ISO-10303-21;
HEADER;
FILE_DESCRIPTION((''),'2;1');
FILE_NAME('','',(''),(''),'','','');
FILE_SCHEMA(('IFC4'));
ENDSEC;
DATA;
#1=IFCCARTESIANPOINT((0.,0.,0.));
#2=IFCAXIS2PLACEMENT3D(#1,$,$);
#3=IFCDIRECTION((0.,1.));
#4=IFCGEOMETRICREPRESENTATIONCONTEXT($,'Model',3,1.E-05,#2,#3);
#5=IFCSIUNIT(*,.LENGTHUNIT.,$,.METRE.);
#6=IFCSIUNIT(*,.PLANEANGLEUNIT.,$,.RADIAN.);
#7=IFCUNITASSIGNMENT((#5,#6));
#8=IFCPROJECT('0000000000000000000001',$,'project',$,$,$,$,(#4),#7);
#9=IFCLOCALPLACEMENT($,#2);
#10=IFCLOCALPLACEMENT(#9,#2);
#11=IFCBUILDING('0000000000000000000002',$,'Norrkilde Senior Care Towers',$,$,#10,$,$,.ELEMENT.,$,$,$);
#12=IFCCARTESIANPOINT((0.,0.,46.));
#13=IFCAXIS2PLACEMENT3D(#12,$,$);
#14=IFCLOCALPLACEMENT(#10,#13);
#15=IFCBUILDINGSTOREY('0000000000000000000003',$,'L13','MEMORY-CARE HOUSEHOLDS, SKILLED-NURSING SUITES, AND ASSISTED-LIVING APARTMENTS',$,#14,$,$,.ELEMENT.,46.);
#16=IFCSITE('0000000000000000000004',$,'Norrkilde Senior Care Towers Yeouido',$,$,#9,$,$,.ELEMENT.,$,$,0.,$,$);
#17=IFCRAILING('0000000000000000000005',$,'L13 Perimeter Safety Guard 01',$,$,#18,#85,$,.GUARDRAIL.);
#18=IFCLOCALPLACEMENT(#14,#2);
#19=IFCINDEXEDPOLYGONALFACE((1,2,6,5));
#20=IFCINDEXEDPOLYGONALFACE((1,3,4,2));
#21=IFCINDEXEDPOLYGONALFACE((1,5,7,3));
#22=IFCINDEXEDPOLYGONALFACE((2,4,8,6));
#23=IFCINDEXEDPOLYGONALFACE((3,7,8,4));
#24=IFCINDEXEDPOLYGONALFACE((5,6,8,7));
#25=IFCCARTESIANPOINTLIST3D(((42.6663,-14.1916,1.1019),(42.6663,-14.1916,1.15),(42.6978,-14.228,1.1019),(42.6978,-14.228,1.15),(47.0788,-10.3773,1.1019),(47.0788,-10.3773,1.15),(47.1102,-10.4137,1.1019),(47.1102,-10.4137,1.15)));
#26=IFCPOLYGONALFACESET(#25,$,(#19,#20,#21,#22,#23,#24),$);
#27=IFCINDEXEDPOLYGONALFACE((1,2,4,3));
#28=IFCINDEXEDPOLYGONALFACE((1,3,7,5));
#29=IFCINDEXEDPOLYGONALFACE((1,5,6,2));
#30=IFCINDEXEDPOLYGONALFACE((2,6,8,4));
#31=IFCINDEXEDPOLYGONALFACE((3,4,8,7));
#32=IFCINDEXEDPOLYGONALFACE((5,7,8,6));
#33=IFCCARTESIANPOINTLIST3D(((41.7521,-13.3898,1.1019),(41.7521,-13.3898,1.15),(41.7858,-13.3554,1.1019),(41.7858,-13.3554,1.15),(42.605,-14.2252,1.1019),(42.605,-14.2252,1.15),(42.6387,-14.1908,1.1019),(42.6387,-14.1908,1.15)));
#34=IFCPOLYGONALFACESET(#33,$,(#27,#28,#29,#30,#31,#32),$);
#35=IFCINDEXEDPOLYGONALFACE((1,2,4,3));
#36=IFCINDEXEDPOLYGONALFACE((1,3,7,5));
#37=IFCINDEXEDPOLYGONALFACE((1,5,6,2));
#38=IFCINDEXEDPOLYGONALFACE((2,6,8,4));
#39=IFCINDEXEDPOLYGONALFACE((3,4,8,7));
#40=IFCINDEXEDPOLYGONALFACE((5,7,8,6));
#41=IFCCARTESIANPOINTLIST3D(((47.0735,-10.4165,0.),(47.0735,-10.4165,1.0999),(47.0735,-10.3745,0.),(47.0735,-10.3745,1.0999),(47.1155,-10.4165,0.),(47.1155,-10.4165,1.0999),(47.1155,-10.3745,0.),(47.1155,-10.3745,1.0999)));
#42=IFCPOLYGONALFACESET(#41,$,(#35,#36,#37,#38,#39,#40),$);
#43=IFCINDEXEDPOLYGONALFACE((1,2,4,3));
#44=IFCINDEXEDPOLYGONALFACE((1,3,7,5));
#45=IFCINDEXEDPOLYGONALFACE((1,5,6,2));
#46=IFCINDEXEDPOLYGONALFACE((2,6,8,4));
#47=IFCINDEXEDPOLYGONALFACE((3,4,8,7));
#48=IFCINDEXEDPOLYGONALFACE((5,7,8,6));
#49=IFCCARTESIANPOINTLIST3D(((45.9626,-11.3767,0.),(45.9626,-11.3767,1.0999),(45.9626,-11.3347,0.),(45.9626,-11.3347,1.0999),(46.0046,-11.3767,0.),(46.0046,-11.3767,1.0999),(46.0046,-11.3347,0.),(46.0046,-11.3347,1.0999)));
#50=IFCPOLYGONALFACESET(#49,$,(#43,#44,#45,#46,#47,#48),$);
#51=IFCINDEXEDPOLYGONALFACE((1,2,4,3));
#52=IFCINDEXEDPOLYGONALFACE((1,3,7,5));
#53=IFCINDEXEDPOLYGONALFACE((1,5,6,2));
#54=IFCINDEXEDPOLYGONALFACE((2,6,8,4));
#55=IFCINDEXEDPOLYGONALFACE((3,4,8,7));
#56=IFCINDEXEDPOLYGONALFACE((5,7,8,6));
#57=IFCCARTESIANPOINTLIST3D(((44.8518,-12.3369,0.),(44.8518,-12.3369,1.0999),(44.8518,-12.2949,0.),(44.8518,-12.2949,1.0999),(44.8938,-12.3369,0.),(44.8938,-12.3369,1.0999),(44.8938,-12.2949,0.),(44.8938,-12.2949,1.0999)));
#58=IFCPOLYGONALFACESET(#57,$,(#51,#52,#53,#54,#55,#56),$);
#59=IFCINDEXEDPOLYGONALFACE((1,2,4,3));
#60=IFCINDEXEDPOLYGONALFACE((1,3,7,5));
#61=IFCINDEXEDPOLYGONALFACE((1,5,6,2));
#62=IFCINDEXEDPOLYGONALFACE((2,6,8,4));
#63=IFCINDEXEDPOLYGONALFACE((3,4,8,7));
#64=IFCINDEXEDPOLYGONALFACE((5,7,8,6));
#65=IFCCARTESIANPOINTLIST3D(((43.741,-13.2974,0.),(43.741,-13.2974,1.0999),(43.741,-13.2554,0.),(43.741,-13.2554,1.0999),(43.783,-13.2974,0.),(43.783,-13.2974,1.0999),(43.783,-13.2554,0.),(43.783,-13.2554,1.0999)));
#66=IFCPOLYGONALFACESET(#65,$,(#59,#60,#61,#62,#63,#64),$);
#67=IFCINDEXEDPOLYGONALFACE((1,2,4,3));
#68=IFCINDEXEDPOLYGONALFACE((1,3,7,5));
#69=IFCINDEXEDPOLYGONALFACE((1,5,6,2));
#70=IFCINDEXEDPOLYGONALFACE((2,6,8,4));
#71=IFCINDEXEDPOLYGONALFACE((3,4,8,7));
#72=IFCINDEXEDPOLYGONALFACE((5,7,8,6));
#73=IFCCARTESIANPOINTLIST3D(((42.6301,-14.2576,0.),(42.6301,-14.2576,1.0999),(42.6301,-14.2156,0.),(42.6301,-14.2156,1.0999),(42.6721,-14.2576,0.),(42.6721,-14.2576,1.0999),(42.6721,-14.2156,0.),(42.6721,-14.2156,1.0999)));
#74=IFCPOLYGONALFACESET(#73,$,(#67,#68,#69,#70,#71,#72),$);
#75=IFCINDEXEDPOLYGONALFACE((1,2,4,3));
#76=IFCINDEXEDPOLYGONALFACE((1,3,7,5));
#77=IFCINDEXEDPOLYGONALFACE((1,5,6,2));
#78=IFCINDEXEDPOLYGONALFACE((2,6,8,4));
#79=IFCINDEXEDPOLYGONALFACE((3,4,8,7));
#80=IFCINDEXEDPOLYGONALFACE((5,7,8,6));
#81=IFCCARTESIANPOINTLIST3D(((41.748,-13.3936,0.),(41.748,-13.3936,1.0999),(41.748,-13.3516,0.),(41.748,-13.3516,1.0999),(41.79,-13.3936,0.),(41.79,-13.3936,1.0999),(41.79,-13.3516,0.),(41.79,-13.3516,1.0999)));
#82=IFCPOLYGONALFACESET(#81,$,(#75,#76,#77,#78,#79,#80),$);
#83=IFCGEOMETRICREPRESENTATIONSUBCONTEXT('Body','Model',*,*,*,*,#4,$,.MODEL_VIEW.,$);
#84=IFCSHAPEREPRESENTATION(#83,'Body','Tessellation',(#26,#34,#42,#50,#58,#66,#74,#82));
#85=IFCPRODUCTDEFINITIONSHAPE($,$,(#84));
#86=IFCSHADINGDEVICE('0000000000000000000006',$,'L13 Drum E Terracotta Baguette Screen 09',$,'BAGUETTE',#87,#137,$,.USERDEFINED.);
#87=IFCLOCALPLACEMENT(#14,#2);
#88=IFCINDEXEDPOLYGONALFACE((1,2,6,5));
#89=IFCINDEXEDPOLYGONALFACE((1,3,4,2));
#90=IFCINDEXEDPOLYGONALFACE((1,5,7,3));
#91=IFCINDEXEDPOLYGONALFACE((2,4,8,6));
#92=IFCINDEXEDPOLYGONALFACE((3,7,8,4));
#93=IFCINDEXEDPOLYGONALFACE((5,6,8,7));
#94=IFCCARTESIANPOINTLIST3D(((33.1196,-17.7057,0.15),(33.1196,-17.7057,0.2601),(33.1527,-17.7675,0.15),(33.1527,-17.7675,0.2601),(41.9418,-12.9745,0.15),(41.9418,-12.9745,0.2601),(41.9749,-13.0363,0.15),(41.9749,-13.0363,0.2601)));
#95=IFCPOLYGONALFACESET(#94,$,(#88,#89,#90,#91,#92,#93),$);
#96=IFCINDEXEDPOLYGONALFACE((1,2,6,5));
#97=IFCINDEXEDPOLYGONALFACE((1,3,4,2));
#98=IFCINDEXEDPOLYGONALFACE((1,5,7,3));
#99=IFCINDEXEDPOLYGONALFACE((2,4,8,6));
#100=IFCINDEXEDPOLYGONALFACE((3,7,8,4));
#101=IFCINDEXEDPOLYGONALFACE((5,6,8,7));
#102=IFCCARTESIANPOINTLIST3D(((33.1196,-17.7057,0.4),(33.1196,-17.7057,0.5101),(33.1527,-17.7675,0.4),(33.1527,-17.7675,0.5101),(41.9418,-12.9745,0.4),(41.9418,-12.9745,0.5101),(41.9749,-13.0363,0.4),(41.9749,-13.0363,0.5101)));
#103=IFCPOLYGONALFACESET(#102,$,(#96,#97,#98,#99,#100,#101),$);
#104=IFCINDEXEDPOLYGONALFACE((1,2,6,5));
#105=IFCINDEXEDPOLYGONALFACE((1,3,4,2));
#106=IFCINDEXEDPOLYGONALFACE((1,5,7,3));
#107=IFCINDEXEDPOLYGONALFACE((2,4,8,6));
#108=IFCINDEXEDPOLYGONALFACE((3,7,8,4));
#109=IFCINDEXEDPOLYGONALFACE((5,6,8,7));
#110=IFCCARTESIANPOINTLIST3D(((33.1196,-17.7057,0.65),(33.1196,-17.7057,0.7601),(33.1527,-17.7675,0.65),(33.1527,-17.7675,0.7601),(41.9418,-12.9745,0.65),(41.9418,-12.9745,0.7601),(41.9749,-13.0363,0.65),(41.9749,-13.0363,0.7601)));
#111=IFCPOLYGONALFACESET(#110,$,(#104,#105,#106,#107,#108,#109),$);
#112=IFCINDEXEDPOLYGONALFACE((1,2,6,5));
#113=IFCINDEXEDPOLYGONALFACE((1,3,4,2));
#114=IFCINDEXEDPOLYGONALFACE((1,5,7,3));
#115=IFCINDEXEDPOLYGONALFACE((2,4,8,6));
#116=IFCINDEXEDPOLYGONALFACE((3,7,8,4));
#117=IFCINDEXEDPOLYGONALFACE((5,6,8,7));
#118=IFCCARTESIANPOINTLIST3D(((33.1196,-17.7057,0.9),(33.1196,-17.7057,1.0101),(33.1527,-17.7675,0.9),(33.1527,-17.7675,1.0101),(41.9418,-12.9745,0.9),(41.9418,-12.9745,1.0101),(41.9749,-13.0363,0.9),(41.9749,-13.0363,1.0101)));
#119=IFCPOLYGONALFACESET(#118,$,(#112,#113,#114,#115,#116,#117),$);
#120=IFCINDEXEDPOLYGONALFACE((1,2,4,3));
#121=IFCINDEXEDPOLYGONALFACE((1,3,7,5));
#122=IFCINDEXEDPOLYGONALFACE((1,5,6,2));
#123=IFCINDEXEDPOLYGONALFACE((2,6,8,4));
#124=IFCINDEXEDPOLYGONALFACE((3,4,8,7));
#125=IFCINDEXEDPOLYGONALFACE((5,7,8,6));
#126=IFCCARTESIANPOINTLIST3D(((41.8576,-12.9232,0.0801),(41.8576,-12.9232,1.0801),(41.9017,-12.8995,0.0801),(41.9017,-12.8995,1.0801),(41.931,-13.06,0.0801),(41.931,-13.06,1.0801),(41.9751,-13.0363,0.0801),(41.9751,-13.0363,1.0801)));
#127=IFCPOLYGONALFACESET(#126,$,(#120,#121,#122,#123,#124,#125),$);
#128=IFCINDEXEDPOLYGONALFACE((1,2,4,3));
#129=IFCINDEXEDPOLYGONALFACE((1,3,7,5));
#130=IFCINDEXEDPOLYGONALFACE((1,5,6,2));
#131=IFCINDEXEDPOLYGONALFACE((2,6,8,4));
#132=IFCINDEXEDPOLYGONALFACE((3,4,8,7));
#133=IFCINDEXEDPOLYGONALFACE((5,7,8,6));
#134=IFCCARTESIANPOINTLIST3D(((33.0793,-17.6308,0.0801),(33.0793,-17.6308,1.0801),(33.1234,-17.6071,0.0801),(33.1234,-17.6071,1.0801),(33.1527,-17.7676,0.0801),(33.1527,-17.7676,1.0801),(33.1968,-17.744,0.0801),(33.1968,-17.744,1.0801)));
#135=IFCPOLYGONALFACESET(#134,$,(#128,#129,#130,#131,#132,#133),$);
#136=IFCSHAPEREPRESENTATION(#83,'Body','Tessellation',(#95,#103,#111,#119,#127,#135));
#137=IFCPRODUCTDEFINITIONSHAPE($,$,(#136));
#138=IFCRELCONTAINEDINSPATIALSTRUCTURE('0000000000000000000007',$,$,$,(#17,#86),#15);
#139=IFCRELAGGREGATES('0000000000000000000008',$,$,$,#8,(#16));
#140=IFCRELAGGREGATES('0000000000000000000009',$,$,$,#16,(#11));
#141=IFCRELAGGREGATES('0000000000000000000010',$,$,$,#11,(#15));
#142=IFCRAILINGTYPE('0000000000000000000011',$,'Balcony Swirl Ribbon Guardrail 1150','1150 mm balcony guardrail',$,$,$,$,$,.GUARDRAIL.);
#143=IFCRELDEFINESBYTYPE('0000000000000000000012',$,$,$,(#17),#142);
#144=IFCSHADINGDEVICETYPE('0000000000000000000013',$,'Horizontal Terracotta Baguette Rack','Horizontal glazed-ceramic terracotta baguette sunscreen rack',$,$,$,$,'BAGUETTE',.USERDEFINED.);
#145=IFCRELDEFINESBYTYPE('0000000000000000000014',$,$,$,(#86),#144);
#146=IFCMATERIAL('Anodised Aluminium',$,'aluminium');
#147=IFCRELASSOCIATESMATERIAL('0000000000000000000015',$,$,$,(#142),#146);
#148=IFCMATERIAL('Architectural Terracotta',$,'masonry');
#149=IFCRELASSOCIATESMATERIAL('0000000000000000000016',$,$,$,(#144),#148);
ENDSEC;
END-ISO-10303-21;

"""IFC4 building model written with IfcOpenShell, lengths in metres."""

from ifc_helpers import new_model, si_unit, direction, frame, origin, origin_2d, place, context, subcontext, project, spatial, rectangle, extrude, source, transform, mapped, material, type_object, type_shapes, element, save


model = new_model("IFC4")

# Units and contexts
model_context = context("Model", 3, precision=1e-05, world=origin(), true_north=direction((0.0, 1.0)))
body_context = subcontext(model_context, "Body", "Model", "MODEL_VIEW")
ifc_project = project(units=[si_unit("LENGTHUNIT", "METRE"), si_unit("PLANEANGLEUNIT", "RADIAN")], contexts=[model_context])

# Site, building, storey
site_placement = place(None, origin())
site = spatial("IfcSite", under=ifc_project, at=site_placement, Name="Norrkilde Senior Care Towers Yeouido", CompositionType="ELEMENT", RefElevation=0.0)
building_placement = place(site_placement, origin())
building = spatial("IfcBuilding", under=site, at=building_placement, Name="Norrkilde Senior Care Towers", CompositionType="ELEMENT")
storey_placement = place(building_placement, frame((0.0, 0.0, 46.0)))
storey = spatial("IfcBuildingStorey", under=building, at=storey_placement, Name="L13", Description="MEMORY-CARE HOUSEHOLDS, SKILLED-NURSING SUITES, AND ASSISTED-LIVING APARTMENTS", CompositionType="ELEMENT", Elevation=46.0)

# Shared definitions
ifc_material_1 = material(Name="Anodised Aluminium", Category="aluminium")

# Railing
railing_type = type_object("IfcRailingType", Name="Balcony Swirl Ribbon Guardrail 1150", Description="1150 mm balcony guardrail", PredefinedType="GUARDRAIL", material=ifc_material_1)
railing_placement = place(storey_placement, frame((47.0945, -10.3955, 0.0)))
element("IfcRailing", 1, at=railing_placement, inside=storey, type_object=railing_type, Name="L13 Perimeter Safety Guard 01", PredefinedType="GUARDRAIL", context=body_context, shape_type="SweptSolid", body=[
    extrude(rectangle(XDim=0.0481, YDim=0.0481, at=origin_2d()), frame((0.0, 0.0, 1.126), z_axis=(-0.756518, -0.653973, 0.0), x_axis=(0.653973, -0.756518, 0.0)), (0.0, 0.0, 1.0), 5.8325),
    extrude(rectangle(XDim=0.0481, YDim=0.0481, at=origin_2d()), frame((-4.4727, -3.8125, 1.126), z_axis=(-0.714385, 0.699753, 0.0), x_axis=(-0.699753, -0.714385, 0.0)), (0.0, 0.0, 1.0), 1.1938),
    extrude(rectangle(XDim=0.042, YDim=0.042, at=origin_2d()), origin(), (0.0, 0.0, 1.0), 1.0999),
    extrude(rectangle(XDim=0.042, YDim=0.042, at=origin_2d()), frame((-1.1108, -0.9602, 0.0)), (0.0, 0.0, 1.0), 1.0999),
    extrude(rectangle(XDim=0.042, YDim=0.042, at=origin_2d()), frame((-2.2217, -1.9204, 0.0)), (0.0, 0.0, 1.0), 1.0999),
    extrude(rectangle(XDim=0.042, YDim=0.042, at=origin_2d()), frame((-3.3325, -2.8809, 0.0)), (0.0, 0.0, 1.0), 1.0999),
    extrude(rectangle(XDim=0.042, YDim=0.042, at=origin_2d()), frame((-4.4434, -3.8411, 0.0)), (0.0, 0.0, 1.0), 1.0999),
    extrude(rectangle(XDim=0.042, YDim=0.042, at=origin_2d()), frame((-5.3254, -2.9771, 0.0)), (0.0, 0.0, 1.0), 1.0999),
])

# Shading device
ifc_material_2 = material(Name="Architectural Terracotta", Category="masonry")
shading_device_type = type_object("IfcShadingDeviceType", Name="Horizontal Terracotta Baguette Rack", Description="Horizontal glazed-ceramic terracotta baguette sunscreen rack", ElementType="BAGUETTE", PredefinedType="USERDEFINED", material=ifc_material_2)
shared_shape_1 = source(origin(), body_context, "Body", "SweptSolid", [
    extrude(rectangle(XDim=0.0701, YDim=0.1101, at=origin_2d()), frame((0.0, 0.0901, 0.125), z_axis=(1.0, 0.0, 0.0), x_axis=(0.0, 1.0, 0.0)), (0.0, 0.0, 1.0), 10.0107),
    extrude(rectangle(XDim=0.0701, YDim=0.1101, at=origin_2d()), frame((0.0, 0.0901, 0.375), z_axis=(1.0, 0.0, 0.0), x_axis=(0.0, 1.0, 0.0)), (0.0, 0.0, 1.0), 10.0107),
    extrude(rectangle(XDim=0.0701, YDim=0.1101, at=origin_2d()), frame((0.0, 0.0901, 0.625), z_axis=(1.0, 0.0, 0.0), x_axis=(0.0, 1.0, 0.0)), (0.0, 0.0, 1.0), 10.0107),
    extrude(rectangle(XDim=0.0701, YDim=0.1101, at=origin_2d()), frame((0.0, 0.0901, 0.875), z_axis=(1.0, 0.0, 0.0), x_axis=(0.0, 1.0, 0.0)), (0.0, 0.0, 1.0), 10.0107),
    extrude(rectangle(XDim=0.05, YDim=0.1553, at=origin_2d()), frame((0.0249, 0.0476, 0.0)), (0.0, 0.0, 1.0), 1.0),
    extrude(rectangle(XDim=0.05, YDim=0.1553, at=origin_2d()), frame((9.9858, 0.0476, 0.0)), (0.0, 0.0, 1.0), 1.0),
])
type_shapes(shading_device_type, [shared_shape_1])
shading_device_placement = place(storey_placement, frame((41.9158, -12.926, 0.0801), z_axis=(0.0, 0.0, 1.0), x_axis=(-0.88128, -0.472612, 0.0)))
element("IfcShadingDevice", 2, at=shading_device_placement, inside=storey, type_object=shading_device_type, Name="L13 Drum E Terracotta Baguette Screen 09", ObjectType="BAGUETTE", PredefinedType="USERDEFINED", context=body_context, shape_type="MappedRepresentation", body=[
    mapped(shared_shape_1, transform((0.0, 0.0, 0.0), x_axis=(1.0, 0.0, 0.0), y_axis=(0.0, 1.0, 0.0), z_axis=(0.0, 0.0, 1.0), scale=1.0)),
])

save(model, "model.ifc")
